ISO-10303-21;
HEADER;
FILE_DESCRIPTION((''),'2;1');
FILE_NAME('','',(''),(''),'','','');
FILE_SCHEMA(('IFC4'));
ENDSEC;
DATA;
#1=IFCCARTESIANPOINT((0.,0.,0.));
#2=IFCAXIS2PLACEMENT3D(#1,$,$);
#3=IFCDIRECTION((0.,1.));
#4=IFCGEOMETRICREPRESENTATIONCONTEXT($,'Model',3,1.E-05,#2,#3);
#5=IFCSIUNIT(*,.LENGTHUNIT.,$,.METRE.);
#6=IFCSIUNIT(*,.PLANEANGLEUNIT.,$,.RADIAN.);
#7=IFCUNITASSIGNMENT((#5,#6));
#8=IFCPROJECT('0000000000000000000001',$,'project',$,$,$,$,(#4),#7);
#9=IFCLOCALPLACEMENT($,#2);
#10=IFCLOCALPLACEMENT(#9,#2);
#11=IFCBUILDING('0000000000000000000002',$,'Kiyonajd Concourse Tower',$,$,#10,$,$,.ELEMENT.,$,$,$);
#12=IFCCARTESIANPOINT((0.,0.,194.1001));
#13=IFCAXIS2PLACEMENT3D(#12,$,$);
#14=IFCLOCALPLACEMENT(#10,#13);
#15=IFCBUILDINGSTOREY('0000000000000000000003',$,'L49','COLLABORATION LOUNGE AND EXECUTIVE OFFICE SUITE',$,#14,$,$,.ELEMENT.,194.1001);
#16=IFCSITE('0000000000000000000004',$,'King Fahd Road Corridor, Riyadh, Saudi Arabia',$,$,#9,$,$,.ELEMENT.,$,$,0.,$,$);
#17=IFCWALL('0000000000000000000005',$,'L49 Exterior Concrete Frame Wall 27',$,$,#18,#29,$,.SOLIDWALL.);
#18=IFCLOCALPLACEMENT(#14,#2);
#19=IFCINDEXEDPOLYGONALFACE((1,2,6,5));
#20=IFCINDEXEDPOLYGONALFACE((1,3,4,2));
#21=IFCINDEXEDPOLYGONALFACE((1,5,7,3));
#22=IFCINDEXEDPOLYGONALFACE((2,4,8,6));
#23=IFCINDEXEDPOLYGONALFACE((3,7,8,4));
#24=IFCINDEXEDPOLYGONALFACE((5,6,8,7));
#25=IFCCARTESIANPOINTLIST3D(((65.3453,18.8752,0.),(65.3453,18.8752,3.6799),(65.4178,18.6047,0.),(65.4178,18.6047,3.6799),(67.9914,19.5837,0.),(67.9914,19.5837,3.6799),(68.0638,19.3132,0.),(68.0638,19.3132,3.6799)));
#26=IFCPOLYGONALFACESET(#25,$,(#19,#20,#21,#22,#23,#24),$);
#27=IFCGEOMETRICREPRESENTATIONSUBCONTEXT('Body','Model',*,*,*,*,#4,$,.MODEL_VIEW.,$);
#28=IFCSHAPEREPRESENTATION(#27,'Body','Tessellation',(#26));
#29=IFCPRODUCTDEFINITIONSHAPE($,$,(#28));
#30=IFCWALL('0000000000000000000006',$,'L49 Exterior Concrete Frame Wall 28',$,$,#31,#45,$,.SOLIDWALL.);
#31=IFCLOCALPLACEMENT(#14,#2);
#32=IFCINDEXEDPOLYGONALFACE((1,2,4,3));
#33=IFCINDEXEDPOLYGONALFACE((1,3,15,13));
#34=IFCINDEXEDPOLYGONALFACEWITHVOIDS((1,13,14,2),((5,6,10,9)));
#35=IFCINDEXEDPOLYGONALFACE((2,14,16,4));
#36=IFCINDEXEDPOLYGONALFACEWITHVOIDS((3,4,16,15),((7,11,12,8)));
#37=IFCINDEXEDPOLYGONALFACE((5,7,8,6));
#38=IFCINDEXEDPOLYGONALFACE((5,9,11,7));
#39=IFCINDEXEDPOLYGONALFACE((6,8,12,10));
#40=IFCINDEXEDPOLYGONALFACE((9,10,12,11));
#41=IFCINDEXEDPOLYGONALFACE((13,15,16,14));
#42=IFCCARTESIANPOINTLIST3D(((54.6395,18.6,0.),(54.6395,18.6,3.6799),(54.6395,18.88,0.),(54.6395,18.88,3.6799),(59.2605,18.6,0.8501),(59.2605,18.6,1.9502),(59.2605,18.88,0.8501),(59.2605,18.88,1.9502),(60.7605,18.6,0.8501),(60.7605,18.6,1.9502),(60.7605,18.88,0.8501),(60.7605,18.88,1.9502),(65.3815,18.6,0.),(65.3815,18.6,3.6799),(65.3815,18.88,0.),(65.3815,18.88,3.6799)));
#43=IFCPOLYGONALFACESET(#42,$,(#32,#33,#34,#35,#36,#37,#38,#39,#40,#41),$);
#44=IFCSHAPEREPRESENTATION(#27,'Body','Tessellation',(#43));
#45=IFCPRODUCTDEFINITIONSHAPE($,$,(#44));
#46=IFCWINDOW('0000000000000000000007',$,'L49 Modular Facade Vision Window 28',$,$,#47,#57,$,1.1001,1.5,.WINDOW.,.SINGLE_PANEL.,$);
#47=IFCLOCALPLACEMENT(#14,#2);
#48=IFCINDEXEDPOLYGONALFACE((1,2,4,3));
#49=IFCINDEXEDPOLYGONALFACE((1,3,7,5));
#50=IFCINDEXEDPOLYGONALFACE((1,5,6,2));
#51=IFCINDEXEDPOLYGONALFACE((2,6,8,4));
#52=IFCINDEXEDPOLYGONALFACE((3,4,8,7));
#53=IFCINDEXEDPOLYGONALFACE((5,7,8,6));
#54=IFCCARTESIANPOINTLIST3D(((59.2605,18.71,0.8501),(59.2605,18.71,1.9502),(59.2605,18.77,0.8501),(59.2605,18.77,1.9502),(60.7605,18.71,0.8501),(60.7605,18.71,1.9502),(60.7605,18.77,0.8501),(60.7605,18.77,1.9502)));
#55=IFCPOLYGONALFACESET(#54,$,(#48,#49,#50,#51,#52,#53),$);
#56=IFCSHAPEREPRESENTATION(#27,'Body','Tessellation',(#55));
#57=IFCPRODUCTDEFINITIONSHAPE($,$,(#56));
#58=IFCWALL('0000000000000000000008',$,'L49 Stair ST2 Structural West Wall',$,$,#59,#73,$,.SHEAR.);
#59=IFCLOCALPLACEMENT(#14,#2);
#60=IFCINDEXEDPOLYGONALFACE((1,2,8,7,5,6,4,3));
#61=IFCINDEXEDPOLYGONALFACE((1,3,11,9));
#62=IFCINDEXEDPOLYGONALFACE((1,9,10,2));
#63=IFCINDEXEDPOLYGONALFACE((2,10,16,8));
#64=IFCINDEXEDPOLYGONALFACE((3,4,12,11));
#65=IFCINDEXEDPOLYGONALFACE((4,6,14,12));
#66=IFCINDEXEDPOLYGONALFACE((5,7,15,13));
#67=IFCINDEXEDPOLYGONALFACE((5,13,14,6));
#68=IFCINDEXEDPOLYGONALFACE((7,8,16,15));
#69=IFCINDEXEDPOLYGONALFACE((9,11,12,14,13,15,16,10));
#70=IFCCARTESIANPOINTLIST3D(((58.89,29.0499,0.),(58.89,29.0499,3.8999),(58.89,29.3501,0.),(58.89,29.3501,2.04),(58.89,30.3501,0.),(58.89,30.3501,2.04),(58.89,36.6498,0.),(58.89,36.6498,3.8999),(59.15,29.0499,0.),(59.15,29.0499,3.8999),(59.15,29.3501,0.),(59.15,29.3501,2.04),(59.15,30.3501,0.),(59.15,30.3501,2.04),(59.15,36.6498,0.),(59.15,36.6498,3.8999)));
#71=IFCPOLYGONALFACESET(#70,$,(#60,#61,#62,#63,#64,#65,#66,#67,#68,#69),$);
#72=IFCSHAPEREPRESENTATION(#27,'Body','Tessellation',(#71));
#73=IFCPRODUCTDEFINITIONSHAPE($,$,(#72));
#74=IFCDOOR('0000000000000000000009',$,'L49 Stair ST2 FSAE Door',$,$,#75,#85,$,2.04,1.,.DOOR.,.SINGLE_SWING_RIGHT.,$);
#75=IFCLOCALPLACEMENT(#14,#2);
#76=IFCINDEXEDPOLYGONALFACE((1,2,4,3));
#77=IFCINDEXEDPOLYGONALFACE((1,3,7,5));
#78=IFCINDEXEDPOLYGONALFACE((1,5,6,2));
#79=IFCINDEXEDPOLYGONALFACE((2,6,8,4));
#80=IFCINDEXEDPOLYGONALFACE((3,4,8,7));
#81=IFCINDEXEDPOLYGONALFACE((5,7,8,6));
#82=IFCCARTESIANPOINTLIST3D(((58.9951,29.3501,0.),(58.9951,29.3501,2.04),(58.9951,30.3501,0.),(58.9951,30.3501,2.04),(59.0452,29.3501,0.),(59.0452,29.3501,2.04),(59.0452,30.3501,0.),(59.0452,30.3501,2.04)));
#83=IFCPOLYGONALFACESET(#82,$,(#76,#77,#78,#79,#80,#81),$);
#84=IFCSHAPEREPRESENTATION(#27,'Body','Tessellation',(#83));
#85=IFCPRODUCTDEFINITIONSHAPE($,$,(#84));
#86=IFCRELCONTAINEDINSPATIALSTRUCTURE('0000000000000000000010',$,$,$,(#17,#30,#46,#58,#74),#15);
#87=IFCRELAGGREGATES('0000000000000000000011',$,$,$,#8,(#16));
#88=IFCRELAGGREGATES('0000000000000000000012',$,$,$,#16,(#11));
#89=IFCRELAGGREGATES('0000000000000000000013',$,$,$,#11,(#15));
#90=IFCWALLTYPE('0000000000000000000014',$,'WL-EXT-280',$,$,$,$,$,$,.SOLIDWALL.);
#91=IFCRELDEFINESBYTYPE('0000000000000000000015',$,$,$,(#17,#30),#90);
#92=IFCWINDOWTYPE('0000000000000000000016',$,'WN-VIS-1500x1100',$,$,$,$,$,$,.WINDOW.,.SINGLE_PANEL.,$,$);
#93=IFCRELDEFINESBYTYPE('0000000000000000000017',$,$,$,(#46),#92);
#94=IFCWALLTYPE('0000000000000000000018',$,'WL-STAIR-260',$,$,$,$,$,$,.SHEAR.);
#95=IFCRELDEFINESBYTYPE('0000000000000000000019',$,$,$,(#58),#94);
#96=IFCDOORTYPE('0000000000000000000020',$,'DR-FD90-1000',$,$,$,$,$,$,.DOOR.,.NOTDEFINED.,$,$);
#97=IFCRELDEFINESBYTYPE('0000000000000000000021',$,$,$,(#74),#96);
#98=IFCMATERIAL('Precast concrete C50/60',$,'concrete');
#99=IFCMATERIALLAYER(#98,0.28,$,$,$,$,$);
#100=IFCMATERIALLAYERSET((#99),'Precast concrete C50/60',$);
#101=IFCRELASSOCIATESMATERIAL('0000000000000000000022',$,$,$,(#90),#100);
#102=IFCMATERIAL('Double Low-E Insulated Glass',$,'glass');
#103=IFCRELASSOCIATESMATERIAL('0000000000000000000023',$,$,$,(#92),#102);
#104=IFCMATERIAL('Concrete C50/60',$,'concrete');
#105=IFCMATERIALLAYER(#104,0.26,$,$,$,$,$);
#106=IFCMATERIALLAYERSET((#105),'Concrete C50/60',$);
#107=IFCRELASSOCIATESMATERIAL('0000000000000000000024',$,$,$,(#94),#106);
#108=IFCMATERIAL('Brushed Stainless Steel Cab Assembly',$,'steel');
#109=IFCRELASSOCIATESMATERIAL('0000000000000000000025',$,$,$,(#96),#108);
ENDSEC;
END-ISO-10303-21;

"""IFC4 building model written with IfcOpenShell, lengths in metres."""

from ifc_helpers import new_model, si_unit, direction, frame, frame_2d, origin, place, context, subcontext, project, spatial, rectangle, extrude, material, layer, layer_set, type_object, element, fill, save


model = new_model("IFC4")

# Units and contexts
model_context = context("Model", 3, precision=1e-05, world=origin(), true_north=direction((0.0, 1.0)))
body_context = subcontext(model_context, "Body", "Model", "MODEL_VIEW")
ifc_project = project(units=[si_unit("LENGTHUNIT", "METRE"), si_unit("PLANEANGLEUNIT", "RADIAN")], contexts=[model_context])

# Site, building, storey
site_placement = place(None, origin())
site = spatial("IfcSite", under=ifc_project, at=site_placement, Name="King Fahd Road Corridor, Riyadh, Saudi Arabia", CompositionType="ELEMENT", RefElevation=0.0)
building_placement = place(site_placement, origin())
building = spatial("IfcBuilding", under=site, at=building_placement, Name="Kiyonajd Concourse Tower", CompositionType="ELEMENT")
storey_placement = place(building_placement, frame((0.0, 0.0, 194.1001)))
storey = spatial("IfcBuildingStorey", under=building, at=storey_placement, Name="L49", Description="COLLABORATION LOUNGE AND EXECUTIVE OFFICE SUITE", CompositionType="ELEMENT", Elevation=194.1001)

# Shared definitions
ifc_material_1 = material(Name="Double Low-E Insulated Glass", Category="glass")

# Wall
ifc_material_2 = material(Name="Precast concrete C50/60", Category="concrete")
ifc_layer_1 = layer(ifc_material_2, 0.28)
ifc_layer_set_1 = layer_set([ifc_layer_1], Name="Precast concrete C50/60")
wall_type_1 = type_object("IfcWallType", Name="WL-EXT-280", PredefinedType="SOLIDWALL", material=ifc_layer_set_1)
wall_1_placement = place(storey_placement, frame((68.0276, 19.4485, 0.0), z_axis=(0.0, 0.0, 1.0), x_axis=(-0.965971, -0.25865, 0.0)))
element("IfcWall", 1, at=wall_1_placement, inside=storey, type_object=wall_type_1, Name="L49 Exterior Concrete Frame Wall 27", PredefinedType="SOLIDWALL", context=body_context, shape_type="SweptSolid", body=[
    extrude(rectangle(XDim=2.7393, YDim=0.28, at=frame_2d((1.3696, 0.0))), origin(), (0.0, 0.0, 1.0), 3.6799),
])

# Wall, opening, window
wall_2_placement = place(storey_placement, frame((65.3816, 18.74, 0.0), z_axis=(0.0, 0.0, 1.0), x_axis=(-1.0, 0.0, 0.0)))
wall_2 = element("IfcWall", 2, at=wall_2_placement, inside=storey, type_object=wall_type_1, Name="L49 Exterior Concrete Frame Wall 28", PredefinedType="SOLIDWALL", context=body_context, shape_type="SweptSolid", body=[
    extrude(rectangle(XDim=10.7419, YDim=0.28, at=frame_2d((5.3711, 0.0))), origin(), (0.0, 0.0, 1.0), 3.6799),
])
opening_1_placement = place(wall_2_placement, frame((4.6211, 0.0, 0.8501)))
opening_1 = element("IfcOpeningElement", 3, at=opening_1_placement, cuts=wall_2, PredefinedType="OPENING", context=body_context, shape_type="SweptSolid", body=[
    extrude(rectangle(XDim=1.5, YDim=1.1001, at=frame_2d((0.75, 0.55))), frame((0.0, 0.1499, 0.0), z_axis=(0.0, -1.0, 0.0), x_axis=(1.0, 0.0, 0.0)), (0.0, 0.0, 1.0), 0.3),
])
window_type = type_object("IfcWindowType", Name="WN-VIS-1500x1100", PartitioningType="SINGLE_PANEL", PredefinedType="WINDOW", material=ifc_material_1)
window_placement = place(opening_1_placement, origin())
window = element("IfcWindow", 4, at=window_placement, inside=storey, type_object=window_type, Name="L49 Modular Facade Vision Window 28", OverallHeight=1.1001, OverallWidth=1.5, PartitioningType="SINGLE_PANEL", PredefinedType="WINDOW", context=body_context, shape_type="SweptSolid", body=[
    extrude(rectangle(XDim=1.5, YDim=1.1001, at=frame_2d((0.75, 0.55))), frame((0.0, 0.03, 0.0), z_axis=(0.0, -1.0, 0.0), x_axis=(1.0, 0.0, 0.0)), (0.0, 0.0, 1.0), 0.0601),
])
fill(opening_1, window)

# Wall, opening, door
ifc_material_3 = material(Name="Concrete C50/60", Category="concrete")
ifc_layer_2 = layer(ifc_material_3, 0.26)
ifc_layer_set_2 = layer_set([ifc_layer_2], Name="Concrete C50/60")
wall_type_2 = type_object("IfcWallType", Name="WL-STAIR-260", PredefinedType="SHEAR", material=ifc_layer_set_2)
wall_3_placement = place(storey_placement, frame((59.02, 29.05, 0.0), z_axis=(0.0, 0.0, 1.0), x_axis=(0.0, 1.0, 0.0)))
wall_3 = element("IfcWall", 5, at=wall_3_placement, inside=storey, type_object=wall_type_2, Name="L49 Stair ST2 Structural West Wall", PredefinedType="SHEAR", context=body_context, shape_type="SweptSolid", body=[
    extrude(rectangle(XDim=7.5999, YDim=0.26, at=frame_2d((3.7998, 0.0))), origin(), (0.0, 0.0, 1.0), 3.8999),
])
opening_2_placement = place(wall_3_placement, frame((0.3, 0.0, 0.0)))
opening_2 = element("IfcOpeningElement", 6, at=opening_2_placement, cuts=wall_3, PredefinedType="OPENING", context=body_context, shape_type="SweptSolid", body=[
    extrude(rectangle(XDim=1.0, YDim=2.04, at=frame_2d((0.5, 1.02))), frame((0.0, 0.1399, 0.0), z_axis=(0.0, -1.0, 0.0), x_axis=(1.0, 0.0, 0.0)), (0.0, 0.0, 1.0), 0.28),
])
ifc_material_4 = material(Name="Brushed Stainless Steel Cab Assembly", Category="steel")
door_type = type_object("IfcDoorType", Name="DR-FD90-1000", OperationType="NOTDEFINED", PredefinedType="DOOR", material=ifc_material_4)
door_placement = place(opening_2_placement, origin())
door = element("IfcDoor", 7, at=door_placement, inside=storey, type_object=door_type, Name="L49 Stair ST2 FSAE Door", OperationType="SINGLE_SWING_RIGHT", OverallHeight=2.04, OverallWidth=1.0, PredefinedType="DOOR", context=body_context, shape_type="SweptSolid", body=[
    extrude(rectangle(XDim=1.0, YDim=2.04, at=frame_2d((0.5, 1.02))), frame((0.0, 0.0249, 0.0), z_axis=(0.0, -1.0, 0.0), x_axis=(1.0, 0.0, 0.0)), (0.0, 0.0, 1.0), 0.05),
])
fill(opening_2, door)

save(model, "model.ifc")
